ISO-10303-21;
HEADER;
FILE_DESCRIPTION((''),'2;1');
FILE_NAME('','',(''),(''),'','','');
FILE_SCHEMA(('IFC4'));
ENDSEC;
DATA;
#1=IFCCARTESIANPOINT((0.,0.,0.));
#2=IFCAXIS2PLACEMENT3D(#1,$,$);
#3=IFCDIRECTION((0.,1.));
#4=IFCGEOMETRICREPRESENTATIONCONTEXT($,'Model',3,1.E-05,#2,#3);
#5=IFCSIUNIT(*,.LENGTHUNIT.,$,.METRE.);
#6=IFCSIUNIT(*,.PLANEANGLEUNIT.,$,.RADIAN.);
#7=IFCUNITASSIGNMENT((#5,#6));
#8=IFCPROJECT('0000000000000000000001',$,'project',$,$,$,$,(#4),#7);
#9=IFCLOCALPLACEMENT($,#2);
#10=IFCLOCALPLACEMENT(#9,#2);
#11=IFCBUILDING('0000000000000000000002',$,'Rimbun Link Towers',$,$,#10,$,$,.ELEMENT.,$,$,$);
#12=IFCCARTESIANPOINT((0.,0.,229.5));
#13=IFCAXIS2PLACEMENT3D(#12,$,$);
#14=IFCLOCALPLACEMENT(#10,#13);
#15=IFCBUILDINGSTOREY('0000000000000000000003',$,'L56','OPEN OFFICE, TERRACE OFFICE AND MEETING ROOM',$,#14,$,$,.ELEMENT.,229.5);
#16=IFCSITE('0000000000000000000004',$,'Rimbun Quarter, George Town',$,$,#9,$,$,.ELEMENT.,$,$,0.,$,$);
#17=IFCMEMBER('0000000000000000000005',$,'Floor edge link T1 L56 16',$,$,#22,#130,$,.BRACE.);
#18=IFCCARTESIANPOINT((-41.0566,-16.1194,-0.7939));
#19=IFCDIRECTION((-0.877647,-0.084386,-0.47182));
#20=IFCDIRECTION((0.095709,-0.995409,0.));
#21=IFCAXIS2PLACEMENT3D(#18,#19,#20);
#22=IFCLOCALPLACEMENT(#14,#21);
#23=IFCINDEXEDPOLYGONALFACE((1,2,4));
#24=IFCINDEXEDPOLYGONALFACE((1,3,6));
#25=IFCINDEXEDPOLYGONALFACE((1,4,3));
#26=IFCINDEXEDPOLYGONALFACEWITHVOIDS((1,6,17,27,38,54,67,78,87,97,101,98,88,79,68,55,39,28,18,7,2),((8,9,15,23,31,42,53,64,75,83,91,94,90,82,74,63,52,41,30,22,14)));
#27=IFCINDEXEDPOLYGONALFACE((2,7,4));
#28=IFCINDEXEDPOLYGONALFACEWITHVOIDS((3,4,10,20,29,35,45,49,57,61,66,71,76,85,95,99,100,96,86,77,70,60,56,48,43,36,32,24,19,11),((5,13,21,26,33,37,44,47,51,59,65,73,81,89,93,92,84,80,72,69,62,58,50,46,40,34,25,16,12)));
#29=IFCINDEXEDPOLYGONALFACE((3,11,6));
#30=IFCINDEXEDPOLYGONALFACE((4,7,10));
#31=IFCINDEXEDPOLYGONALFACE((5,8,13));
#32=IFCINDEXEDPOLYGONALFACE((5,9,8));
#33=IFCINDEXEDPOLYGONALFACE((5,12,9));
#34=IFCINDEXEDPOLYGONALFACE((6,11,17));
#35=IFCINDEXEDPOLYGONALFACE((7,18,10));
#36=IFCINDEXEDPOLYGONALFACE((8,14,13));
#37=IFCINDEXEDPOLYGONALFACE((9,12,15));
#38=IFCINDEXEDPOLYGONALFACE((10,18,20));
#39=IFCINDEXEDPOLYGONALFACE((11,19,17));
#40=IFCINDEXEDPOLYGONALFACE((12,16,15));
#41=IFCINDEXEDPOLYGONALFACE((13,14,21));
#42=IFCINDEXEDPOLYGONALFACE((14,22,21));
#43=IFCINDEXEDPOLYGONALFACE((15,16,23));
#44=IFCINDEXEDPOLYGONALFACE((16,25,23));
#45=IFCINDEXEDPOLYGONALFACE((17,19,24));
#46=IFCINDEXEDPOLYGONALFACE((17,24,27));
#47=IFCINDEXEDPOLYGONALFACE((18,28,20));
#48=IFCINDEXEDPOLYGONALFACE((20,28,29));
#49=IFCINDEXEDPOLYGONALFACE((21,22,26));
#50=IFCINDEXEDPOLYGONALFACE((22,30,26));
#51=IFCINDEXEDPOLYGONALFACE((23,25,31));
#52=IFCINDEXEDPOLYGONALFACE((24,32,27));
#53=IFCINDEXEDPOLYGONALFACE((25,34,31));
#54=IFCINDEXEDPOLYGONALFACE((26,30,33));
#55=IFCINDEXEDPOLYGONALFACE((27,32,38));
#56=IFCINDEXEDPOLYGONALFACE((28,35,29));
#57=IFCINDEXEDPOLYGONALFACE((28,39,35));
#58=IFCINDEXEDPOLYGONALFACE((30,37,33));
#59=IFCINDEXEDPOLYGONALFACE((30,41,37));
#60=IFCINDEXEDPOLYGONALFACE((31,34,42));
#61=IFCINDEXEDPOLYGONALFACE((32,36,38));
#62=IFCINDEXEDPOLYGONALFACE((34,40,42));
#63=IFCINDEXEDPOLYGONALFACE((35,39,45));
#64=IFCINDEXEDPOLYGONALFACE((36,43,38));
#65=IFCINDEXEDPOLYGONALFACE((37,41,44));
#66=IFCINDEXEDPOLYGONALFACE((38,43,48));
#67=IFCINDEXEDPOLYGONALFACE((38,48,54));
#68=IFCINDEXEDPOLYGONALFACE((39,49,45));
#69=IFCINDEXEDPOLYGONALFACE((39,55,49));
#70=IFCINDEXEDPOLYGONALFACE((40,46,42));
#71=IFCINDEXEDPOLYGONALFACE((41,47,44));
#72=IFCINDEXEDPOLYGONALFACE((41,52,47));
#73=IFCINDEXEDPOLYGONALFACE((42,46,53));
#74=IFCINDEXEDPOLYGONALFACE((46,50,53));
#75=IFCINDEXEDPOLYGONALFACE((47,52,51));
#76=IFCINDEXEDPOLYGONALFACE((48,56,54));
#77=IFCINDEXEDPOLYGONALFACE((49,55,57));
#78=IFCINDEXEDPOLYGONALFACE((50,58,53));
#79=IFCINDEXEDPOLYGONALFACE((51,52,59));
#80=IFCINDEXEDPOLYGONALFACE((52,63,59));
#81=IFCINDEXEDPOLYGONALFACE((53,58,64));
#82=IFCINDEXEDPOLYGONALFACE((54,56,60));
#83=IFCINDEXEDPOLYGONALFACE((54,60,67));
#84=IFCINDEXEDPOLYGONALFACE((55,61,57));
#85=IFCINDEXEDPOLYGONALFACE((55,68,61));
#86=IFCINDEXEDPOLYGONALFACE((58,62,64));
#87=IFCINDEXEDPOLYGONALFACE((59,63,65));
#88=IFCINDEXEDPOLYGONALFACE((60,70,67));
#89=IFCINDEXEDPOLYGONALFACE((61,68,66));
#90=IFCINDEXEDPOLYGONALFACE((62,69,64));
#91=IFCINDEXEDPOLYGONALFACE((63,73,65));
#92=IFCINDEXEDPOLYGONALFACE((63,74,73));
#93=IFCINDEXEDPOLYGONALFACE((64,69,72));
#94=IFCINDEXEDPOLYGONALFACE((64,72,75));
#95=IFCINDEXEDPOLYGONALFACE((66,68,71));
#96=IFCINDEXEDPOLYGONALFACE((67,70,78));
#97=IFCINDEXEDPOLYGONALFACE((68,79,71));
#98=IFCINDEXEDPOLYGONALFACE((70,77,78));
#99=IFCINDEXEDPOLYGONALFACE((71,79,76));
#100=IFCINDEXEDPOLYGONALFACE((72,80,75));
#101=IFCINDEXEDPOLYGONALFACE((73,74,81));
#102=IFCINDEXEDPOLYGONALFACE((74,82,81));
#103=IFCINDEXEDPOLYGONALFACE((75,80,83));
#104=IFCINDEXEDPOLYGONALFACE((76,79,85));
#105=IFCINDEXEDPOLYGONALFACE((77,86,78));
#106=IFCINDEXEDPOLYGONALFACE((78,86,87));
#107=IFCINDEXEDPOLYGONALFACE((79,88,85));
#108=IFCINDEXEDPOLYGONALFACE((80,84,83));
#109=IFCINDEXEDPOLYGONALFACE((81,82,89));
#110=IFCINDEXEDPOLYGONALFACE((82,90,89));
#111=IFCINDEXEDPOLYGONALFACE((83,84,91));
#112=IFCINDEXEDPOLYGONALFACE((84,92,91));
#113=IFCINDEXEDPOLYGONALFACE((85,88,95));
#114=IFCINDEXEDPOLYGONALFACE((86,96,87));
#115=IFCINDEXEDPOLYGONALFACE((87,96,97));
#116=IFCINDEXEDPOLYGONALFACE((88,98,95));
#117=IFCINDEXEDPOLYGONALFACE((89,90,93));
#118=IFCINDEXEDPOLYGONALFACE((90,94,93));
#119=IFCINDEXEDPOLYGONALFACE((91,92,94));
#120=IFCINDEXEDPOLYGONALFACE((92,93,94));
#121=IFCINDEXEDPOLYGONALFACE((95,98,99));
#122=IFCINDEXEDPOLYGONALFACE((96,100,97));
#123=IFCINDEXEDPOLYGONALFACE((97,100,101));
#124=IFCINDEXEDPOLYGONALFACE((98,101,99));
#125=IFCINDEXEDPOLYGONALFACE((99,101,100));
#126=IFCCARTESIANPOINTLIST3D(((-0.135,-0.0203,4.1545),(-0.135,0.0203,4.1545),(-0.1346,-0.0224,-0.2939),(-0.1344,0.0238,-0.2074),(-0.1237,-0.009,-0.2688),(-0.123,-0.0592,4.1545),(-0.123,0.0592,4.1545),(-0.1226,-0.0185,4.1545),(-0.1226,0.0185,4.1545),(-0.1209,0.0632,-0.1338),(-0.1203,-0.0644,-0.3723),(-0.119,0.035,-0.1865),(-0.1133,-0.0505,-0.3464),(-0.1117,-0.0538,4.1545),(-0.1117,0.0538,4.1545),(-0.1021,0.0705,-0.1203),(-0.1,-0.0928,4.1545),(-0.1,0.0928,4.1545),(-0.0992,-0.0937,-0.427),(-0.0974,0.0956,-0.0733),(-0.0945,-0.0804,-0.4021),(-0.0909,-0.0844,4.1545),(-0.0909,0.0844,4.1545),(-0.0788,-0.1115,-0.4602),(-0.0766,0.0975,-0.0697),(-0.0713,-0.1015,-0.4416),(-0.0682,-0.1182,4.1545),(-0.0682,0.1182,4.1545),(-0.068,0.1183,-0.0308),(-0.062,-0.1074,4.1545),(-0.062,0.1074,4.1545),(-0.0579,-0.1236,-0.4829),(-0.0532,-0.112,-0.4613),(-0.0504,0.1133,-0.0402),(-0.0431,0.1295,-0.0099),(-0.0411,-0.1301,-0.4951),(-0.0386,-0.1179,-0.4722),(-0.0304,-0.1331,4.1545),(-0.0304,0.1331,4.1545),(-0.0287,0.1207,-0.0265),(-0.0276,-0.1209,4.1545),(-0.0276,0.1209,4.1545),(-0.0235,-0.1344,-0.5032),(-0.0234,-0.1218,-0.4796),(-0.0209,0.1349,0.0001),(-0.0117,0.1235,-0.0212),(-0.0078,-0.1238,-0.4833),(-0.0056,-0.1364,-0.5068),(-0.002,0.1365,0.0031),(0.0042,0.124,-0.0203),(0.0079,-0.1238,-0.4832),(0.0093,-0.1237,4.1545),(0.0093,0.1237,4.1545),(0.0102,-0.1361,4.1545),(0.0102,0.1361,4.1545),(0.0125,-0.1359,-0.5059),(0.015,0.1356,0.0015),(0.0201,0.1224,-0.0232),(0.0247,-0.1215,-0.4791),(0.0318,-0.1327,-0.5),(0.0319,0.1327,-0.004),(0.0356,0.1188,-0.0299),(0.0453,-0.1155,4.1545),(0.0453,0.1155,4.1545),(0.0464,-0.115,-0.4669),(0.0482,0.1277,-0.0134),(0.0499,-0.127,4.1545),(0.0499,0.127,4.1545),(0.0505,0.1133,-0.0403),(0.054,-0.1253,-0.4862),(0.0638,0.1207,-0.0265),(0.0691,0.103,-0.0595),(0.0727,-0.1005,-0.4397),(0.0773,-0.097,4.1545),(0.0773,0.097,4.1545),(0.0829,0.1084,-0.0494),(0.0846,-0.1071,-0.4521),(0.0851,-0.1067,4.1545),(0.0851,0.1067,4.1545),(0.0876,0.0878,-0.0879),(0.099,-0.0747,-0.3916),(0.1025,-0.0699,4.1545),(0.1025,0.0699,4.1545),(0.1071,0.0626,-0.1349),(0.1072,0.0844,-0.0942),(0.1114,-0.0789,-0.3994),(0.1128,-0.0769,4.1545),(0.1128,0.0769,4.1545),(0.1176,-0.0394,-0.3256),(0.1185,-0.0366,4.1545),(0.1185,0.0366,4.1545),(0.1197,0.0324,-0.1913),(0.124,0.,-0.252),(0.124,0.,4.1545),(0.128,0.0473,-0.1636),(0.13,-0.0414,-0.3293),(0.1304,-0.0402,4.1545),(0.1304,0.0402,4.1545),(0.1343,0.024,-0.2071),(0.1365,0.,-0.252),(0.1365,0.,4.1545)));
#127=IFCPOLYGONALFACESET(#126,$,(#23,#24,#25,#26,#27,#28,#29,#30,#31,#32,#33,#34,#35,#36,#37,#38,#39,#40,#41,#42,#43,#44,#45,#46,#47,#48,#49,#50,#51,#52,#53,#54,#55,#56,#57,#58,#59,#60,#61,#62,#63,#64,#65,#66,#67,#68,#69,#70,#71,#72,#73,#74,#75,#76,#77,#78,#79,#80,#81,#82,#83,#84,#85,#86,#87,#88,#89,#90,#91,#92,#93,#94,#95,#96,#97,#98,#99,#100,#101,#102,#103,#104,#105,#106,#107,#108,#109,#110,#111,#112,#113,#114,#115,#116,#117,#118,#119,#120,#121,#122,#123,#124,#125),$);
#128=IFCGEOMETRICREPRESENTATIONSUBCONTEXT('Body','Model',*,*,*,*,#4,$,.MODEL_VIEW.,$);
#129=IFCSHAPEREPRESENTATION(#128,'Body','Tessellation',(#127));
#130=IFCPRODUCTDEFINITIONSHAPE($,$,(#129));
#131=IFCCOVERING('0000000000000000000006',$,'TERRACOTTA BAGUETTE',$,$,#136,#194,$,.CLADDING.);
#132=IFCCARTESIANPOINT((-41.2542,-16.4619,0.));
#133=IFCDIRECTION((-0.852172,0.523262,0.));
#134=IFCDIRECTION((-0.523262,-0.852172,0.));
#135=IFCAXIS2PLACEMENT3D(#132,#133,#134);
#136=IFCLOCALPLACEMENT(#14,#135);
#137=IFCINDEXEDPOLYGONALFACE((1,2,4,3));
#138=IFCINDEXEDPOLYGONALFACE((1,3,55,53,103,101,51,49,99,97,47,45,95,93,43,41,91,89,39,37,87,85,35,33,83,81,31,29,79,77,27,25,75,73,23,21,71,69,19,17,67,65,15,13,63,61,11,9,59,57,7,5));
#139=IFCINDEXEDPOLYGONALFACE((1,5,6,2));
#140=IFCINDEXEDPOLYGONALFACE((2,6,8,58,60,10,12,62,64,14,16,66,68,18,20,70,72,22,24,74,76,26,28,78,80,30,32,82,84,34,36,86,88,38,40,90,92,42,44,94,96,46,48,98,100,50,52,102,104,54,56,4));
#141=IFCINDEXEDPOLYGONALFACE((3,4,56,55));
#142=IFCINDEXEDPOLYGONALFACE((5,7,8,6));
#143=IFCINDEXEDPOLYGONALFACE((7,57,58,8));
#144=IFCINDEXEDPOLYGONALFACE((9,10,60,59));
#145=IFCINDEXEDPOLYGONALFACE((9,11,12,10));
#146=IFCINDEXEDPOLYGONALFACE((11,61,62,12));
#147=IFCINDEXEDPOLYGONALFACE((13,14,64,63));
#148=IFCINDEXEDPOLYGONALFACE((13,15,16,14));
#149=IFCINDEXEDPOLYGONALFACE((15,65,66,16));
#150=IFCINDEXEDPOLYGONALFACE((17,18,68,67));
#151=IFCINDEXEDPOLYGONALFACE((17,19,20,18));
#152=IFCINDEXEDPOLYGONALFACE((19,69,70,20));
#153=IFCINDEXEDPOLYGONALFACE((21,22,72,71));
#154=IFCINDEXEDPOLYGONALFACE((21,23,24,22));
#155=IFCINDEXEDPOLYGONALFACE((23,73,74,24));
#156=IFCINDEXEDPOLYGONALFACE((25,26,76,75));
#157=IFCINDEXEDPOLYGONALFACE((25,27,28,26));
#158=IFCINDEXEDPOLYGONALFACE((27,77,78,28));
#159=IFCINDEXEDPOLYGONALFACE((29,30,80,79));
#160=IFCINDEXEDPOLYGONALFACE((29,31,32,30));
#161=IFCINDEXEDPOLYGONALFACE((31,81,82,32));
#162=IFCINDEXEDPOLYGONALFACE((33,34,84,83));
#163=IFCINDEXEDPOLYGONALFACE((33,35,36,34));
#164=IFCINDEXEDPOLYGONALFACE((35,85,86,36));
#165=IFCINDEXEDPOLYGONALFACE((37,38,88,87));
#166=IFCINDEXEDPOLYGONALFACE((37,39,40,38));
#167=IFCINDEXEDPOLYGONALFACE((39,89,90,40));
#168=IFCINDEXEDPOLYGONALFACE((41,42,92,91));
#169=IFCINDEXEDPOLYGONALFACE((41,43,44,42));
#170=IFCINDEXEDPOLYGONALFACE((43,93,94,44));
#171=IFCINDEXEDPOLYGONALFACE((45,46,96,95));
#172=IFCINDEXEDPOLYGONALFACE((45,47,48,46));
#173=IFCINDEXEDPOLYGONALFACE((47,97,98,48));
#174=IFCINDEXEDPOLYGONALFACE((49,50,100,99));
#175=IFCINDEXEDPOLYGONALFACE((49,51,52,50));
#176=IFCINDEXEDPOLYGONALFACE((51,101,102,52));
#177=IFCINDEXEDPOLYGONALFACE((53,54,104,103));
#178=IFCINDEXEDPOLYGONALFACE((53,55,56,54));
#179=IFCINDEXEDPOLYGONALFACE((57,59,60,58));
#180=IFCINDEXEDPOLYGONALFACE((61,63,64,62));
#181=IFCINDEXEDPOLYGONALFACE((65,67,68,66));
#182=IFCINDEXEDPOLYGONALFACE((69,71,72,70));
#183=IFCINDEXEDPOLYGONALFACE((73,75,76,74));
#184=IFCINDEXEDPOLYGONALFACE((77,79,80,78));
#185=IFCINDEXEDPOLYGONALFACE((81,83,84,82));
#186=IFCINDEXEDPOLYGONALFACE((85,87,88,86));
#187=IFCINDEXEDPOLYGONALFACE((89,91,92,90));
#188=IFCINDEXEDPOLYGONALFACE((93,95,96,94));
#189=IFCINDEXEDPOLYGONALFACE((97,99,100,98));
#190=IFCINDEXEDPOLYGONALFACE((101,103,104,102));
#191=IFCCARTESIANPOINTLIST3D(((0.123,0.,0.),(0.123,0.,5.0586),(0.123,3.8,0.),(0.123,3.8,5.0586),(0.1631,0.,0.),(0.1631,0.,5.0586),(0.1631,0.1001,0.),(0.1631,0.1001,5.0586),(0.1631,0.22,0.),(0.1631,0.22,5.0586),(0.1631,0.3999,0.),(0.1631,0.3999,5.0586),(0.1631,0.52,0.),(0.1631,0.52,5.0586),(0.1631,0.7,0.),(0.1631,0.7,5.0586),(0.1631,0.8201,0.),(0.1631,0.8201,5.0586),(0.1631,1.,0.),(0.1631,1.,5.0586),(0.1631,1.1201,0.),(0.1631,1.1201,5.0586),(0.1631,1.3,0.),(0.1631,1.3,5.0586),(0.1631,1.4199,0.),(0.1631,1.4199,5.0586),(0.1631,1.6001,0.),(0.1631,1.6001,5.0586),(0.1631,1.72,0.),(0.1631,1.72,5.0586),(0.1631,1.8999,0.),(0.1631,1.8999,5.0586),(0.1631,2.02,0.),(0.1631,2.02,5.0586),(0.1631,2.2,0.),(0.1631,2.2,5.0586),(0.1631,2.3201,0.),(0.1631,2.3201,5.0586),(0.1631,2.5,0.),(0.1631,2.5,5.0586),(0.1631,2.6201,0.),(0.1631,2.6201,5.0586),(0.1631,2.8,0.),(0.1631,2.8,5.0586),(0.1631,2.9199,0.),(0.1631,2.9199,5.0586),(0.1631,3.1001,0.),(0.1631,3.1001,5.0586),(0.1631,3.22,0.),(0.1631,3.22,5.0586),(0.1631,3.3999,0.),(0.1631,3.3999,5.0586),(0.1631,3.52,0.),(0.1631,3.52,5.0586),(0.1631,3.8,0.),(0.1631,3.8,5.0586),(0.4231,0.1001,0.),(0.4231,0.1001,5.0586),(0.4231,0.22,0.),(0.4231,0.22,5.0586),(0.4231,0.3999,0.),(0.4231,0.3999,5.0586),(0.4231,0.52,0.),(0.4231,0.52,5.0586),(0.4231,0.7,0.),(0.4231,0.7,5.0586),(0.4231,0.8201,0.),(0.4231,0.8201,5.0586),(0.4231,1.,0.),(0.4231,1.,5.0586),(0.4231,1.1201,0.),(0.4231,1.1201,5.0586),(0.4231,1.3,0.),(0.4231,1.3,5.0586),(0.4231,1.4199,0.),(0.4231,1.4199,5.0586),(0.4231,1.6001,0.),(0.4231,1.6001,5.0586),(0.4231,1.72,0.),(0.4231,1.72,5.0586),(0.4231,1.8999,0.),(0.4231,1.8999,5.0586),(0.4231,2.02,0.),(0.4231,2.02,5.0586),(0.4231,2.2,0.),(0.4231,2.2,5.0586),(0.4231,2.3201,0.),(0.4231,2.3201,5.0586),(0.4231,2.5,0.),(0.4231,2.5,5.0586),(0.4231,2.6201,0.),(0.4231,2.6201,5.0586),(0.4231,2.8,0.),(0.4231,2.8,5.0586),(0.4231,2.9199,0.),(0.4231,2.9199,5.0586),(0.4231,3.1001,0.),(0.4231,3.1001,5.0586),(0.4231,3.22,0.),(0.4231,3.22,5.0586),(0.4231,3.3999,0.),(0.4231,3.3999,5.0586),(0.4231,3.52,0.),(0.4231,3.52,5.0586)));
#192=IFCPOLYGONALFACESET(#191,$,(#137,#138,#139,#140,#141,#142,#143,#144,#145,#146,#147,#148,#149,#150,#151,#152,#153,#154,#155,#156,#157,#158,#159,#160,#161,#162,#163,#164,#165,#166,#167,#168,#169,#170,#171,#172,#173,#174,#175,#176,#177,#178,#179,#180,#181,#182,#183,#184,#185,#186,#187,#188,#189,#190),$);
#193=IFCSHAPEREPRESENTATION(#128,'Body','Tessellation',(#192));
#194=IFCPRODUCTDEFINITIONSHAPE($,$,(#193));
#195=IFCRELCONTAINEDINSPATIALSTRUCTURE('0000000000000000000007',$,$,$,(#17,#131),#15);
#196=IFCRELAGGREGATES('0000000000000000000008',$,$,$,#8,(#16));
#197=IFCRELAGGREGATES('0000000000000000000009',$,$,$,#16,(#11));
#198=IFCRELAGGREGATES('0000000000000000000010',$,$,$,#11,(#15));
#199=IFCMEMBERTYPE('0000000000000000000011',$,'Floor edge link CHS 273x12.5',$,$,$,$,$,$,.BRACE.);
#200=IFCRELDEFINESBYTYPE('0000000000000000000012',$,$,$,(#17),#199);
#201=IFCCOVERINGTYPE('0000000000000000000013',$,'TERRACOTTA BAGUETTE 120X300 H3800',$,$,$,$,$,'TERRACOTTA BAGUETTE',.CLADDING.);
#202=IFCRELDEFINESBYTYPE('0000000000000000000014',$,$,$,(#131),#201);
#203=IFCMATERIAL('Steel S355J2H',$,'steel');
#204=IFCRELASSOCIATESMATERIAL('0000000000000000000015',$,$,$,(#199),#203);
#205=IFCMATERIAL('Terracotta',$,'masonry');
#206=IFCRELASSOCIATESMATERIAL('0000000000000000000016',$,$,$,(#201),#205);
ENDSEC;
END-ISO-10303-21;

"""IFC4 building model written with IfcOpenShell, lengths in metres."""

from ifc_helpers import new_model, si_unit, direction, frame, origin, origin_2d, place, context, subcontext, project, spatial, polyline, hollow_circle, outline, extrude, clip, halfspace, material, material_profile, profile_set, type_object, element, save


model = new_model("IFC4")

# Units and contexts
model_context = context("Model", 3, precision=1e-05, world=origin(), true_north=direction((0.0, 1.0)))
body_context = subcontext(model_context, "Body", "Model", "MODEL_VIEW")
ifc_project = project(units=[si_unit("LENGTHUNIT", "METRE"), si_unit("PLANEANGLEUNIT", "RADIAN")], contexts=[model_context])

# Site, building, storey
site_placement = place(None, origin())
site = spatial("IfcSite", under=ifc_project, at=site_placement, Name="Rimbun Quarter, George Town", CompositionType="ELEMENT", RefElevation=0.0)
building_placement = place(site_placement, origin())
building = spatial("IfcBuilding", under=site, at=building_placement, Name="Rimbun Link Towers", CompositionType="ELEMENT")
storey_placement = place(building_placement, frame((0.0, 0.0, 229.5)))
storey = spatial("IfcBuildingStorey", under=building, at=storey_placement, Name="L56", Description="OPEN OFFICE, TERRACE OFFICE AND MEETING ROOM", CompositionType="ELEMENT", Elevation=229.5)

# Member
ifc_material_1 = material(Name="Steel S355J2H", Category="steel")
ifc_material_profile_1 = material_profile(ifc_material_1, hollow_circle(Radius=0.1365, WallThickness=0.0125, at=origin_2d()), Name="CHS 273x12.5")
ifc_profile_set_1 = profile_set([ifc_material_profile_1], Name="Steel S355J2H")
member_type_1 = type_object("IfcMemberType", Name="Floor edge link CHS 273x12.5", PredefinedType="BRACE", material=ifc_profile_set_1)
member_1_placement = place(storey_placement, frame((-41.0566, -16.1194, -0.7939), z_axis=(-0.877647, -0.084386, -0.47182), x_axis=(0.095709, -0.995409, 0.0)))
element("IfcMember", 1, at=member_1_placement, inside=storey, type_object=member_type_1, Name="Floor edge link T1 L56 16", PredefinedType="BRACE", context=body_context, shape_type="Clipping", body=[
    clip(extrude(hollow_circle(Radius=0.1365, WallThickness=0.0125, at=origin_2d()), frame((0.0, 0.0, -0.5315)), (0.0, 0.0, 1.0), 4.686), halfspace(frame((0.0, 0.0, -0.252), z_axis=(0.0, 0.881695, -0.47182)), False)),
])

# Covering
ifc_material_2 = material(Name="Terracotta", Category="masonry")
ifc_material_profile_2 = material_profile(ifc_material_2, outline(polyline([(0.123, 0.0), (0.1631, 0.0), (0.1631, 0.1001), (0.4231, 0.1001), (0.4231, 0.22), (0.1631, 0.22), (0.1631, 0.3999), (0.4231, 0.3999), (0.4231, 0.52), (0.1631, 0.52), (0.1631, 0.7), (0.4231, 0.7), (0.4231, 0.8201), (0.1631, 0.8201), (0.1631, 1.0), (0.4231, 1.0), (0.4231, 1.1201), (0.1631, 1.1201), (0.1631, 1.3), (0.4231, 1.3), (0.4231, 1.4199), (0.1631, 1.4199), (0.1631, 1.6001), (0.4231, 1.6001), (0.4231, 1.72), (0.1631, 1.72), (0.1631, 1.8999), (0.4231, 1.8999), (0.4231, 2.02), (0.1631, 2.02), (0.1631, 2.2), (0.4231, 2.2), (0.4231, 2.3201), (0.1631, 2.3201), (0.1631, 2.5), (0.4231, 2.5), (0.4231, 2.6201), (0.1631, 2.6201), (0.1631, 2.8), (0.4231, 2.8), (0.4231, 2.9199), (0.1631, 2.9199), (0.1631, 3.1001), (0.4231, 3.1001), (0.4231, 3.22), (0.1631, 3.22), (0.1631, 3.3999), (0.4231, 3.3999), (0.4231, 3.52), (0.1631, 3.52), (0.1631, 3.8), (0.123, 3.8), (0.123, 0.0)])), Name="BAGUETTE 120X300")
ifc_profile_set_2 = profile_set([ifc_material_profile_2], Name="Terracotta")
covering_type = type_object("IfcCoveringType", Name="TERRACOTTA BAGUETTE 120X300 H3800", ElementType="TERRACOTTA BAGUETTE", PredefinedType="CLADDING", material=ifc_profile_set_2)
covering_placement = place(storey_placement, frame((-41.2542, -16.4619, 0.0), z_axis=(-0.852172, 0.523262, 0.0), x_axis=(-0.523262, -0.852172, 0.0)))
element("IfcCovering", 2, at=covering_placement, inside=storey, type_object=covering_type, Name="TERRACOTTA BAGUETTE", PredefinedType="CLADDING", context=body_context, shape_type="SweptSolid", body=[
    extrude(outline(polyline([(0.123, 0.0), (0.1631, 0.0), (0.1631, 0.1001), (0.4231, 0.1001), (0.4231, 0.22), (0.1631, 0.22), (0.1631, 0.3999), (0.4231, 0.3999), (0.4231, 0.52), (0.1631, 0.52), (0.1631, 0.7), (0.4231, 0.7), (0.4231, 0.8201), (0.1631, 0.8201), (0.1631, 1.0), (0.4231, 1.0), (0.4231, 1.1201), (0.1631, 1.1201), (0.1631, 1.3), (0.4231, 1.3), (0.4231, 1.4199), (0.1631, 1.4199), (0.1631, 1.6001), (0.4231, 1.6001), (0.4231, 1.72), (0.1631, 1.72), (0.1631, 1.8999), (0.4231, 1.8999), (0.4231, 2.02), (0.1631, 2.02), (0.1631, 2.2), (0.4231, 2.2), (0.4231, 2.3201), (0.1631, 2.3201), (0.1631, 2.5), (0.4231, 2.5), (0.4231, 2.6201), (0.1631, 2.6201), (0.1631, 2.8), (0.4231, 2.8), (0.4231, 2.9199), (0.1631, 2.9199), (0.1631, 3.1001), (0.4231, 3.1001), (0.4231, 3.22), (0.1631, 3.22), (0.1631, 3.3999), (0.4231, 3.3999), (0.4231, 3.52), (0.1631, 3.52), (0.1631, 3.8), (0.123, 3.8), (0.123, 0.0)])), origin(), (0.0, 0.0, 1.0), 5.0586),
])

save(model, "model.ifc")
